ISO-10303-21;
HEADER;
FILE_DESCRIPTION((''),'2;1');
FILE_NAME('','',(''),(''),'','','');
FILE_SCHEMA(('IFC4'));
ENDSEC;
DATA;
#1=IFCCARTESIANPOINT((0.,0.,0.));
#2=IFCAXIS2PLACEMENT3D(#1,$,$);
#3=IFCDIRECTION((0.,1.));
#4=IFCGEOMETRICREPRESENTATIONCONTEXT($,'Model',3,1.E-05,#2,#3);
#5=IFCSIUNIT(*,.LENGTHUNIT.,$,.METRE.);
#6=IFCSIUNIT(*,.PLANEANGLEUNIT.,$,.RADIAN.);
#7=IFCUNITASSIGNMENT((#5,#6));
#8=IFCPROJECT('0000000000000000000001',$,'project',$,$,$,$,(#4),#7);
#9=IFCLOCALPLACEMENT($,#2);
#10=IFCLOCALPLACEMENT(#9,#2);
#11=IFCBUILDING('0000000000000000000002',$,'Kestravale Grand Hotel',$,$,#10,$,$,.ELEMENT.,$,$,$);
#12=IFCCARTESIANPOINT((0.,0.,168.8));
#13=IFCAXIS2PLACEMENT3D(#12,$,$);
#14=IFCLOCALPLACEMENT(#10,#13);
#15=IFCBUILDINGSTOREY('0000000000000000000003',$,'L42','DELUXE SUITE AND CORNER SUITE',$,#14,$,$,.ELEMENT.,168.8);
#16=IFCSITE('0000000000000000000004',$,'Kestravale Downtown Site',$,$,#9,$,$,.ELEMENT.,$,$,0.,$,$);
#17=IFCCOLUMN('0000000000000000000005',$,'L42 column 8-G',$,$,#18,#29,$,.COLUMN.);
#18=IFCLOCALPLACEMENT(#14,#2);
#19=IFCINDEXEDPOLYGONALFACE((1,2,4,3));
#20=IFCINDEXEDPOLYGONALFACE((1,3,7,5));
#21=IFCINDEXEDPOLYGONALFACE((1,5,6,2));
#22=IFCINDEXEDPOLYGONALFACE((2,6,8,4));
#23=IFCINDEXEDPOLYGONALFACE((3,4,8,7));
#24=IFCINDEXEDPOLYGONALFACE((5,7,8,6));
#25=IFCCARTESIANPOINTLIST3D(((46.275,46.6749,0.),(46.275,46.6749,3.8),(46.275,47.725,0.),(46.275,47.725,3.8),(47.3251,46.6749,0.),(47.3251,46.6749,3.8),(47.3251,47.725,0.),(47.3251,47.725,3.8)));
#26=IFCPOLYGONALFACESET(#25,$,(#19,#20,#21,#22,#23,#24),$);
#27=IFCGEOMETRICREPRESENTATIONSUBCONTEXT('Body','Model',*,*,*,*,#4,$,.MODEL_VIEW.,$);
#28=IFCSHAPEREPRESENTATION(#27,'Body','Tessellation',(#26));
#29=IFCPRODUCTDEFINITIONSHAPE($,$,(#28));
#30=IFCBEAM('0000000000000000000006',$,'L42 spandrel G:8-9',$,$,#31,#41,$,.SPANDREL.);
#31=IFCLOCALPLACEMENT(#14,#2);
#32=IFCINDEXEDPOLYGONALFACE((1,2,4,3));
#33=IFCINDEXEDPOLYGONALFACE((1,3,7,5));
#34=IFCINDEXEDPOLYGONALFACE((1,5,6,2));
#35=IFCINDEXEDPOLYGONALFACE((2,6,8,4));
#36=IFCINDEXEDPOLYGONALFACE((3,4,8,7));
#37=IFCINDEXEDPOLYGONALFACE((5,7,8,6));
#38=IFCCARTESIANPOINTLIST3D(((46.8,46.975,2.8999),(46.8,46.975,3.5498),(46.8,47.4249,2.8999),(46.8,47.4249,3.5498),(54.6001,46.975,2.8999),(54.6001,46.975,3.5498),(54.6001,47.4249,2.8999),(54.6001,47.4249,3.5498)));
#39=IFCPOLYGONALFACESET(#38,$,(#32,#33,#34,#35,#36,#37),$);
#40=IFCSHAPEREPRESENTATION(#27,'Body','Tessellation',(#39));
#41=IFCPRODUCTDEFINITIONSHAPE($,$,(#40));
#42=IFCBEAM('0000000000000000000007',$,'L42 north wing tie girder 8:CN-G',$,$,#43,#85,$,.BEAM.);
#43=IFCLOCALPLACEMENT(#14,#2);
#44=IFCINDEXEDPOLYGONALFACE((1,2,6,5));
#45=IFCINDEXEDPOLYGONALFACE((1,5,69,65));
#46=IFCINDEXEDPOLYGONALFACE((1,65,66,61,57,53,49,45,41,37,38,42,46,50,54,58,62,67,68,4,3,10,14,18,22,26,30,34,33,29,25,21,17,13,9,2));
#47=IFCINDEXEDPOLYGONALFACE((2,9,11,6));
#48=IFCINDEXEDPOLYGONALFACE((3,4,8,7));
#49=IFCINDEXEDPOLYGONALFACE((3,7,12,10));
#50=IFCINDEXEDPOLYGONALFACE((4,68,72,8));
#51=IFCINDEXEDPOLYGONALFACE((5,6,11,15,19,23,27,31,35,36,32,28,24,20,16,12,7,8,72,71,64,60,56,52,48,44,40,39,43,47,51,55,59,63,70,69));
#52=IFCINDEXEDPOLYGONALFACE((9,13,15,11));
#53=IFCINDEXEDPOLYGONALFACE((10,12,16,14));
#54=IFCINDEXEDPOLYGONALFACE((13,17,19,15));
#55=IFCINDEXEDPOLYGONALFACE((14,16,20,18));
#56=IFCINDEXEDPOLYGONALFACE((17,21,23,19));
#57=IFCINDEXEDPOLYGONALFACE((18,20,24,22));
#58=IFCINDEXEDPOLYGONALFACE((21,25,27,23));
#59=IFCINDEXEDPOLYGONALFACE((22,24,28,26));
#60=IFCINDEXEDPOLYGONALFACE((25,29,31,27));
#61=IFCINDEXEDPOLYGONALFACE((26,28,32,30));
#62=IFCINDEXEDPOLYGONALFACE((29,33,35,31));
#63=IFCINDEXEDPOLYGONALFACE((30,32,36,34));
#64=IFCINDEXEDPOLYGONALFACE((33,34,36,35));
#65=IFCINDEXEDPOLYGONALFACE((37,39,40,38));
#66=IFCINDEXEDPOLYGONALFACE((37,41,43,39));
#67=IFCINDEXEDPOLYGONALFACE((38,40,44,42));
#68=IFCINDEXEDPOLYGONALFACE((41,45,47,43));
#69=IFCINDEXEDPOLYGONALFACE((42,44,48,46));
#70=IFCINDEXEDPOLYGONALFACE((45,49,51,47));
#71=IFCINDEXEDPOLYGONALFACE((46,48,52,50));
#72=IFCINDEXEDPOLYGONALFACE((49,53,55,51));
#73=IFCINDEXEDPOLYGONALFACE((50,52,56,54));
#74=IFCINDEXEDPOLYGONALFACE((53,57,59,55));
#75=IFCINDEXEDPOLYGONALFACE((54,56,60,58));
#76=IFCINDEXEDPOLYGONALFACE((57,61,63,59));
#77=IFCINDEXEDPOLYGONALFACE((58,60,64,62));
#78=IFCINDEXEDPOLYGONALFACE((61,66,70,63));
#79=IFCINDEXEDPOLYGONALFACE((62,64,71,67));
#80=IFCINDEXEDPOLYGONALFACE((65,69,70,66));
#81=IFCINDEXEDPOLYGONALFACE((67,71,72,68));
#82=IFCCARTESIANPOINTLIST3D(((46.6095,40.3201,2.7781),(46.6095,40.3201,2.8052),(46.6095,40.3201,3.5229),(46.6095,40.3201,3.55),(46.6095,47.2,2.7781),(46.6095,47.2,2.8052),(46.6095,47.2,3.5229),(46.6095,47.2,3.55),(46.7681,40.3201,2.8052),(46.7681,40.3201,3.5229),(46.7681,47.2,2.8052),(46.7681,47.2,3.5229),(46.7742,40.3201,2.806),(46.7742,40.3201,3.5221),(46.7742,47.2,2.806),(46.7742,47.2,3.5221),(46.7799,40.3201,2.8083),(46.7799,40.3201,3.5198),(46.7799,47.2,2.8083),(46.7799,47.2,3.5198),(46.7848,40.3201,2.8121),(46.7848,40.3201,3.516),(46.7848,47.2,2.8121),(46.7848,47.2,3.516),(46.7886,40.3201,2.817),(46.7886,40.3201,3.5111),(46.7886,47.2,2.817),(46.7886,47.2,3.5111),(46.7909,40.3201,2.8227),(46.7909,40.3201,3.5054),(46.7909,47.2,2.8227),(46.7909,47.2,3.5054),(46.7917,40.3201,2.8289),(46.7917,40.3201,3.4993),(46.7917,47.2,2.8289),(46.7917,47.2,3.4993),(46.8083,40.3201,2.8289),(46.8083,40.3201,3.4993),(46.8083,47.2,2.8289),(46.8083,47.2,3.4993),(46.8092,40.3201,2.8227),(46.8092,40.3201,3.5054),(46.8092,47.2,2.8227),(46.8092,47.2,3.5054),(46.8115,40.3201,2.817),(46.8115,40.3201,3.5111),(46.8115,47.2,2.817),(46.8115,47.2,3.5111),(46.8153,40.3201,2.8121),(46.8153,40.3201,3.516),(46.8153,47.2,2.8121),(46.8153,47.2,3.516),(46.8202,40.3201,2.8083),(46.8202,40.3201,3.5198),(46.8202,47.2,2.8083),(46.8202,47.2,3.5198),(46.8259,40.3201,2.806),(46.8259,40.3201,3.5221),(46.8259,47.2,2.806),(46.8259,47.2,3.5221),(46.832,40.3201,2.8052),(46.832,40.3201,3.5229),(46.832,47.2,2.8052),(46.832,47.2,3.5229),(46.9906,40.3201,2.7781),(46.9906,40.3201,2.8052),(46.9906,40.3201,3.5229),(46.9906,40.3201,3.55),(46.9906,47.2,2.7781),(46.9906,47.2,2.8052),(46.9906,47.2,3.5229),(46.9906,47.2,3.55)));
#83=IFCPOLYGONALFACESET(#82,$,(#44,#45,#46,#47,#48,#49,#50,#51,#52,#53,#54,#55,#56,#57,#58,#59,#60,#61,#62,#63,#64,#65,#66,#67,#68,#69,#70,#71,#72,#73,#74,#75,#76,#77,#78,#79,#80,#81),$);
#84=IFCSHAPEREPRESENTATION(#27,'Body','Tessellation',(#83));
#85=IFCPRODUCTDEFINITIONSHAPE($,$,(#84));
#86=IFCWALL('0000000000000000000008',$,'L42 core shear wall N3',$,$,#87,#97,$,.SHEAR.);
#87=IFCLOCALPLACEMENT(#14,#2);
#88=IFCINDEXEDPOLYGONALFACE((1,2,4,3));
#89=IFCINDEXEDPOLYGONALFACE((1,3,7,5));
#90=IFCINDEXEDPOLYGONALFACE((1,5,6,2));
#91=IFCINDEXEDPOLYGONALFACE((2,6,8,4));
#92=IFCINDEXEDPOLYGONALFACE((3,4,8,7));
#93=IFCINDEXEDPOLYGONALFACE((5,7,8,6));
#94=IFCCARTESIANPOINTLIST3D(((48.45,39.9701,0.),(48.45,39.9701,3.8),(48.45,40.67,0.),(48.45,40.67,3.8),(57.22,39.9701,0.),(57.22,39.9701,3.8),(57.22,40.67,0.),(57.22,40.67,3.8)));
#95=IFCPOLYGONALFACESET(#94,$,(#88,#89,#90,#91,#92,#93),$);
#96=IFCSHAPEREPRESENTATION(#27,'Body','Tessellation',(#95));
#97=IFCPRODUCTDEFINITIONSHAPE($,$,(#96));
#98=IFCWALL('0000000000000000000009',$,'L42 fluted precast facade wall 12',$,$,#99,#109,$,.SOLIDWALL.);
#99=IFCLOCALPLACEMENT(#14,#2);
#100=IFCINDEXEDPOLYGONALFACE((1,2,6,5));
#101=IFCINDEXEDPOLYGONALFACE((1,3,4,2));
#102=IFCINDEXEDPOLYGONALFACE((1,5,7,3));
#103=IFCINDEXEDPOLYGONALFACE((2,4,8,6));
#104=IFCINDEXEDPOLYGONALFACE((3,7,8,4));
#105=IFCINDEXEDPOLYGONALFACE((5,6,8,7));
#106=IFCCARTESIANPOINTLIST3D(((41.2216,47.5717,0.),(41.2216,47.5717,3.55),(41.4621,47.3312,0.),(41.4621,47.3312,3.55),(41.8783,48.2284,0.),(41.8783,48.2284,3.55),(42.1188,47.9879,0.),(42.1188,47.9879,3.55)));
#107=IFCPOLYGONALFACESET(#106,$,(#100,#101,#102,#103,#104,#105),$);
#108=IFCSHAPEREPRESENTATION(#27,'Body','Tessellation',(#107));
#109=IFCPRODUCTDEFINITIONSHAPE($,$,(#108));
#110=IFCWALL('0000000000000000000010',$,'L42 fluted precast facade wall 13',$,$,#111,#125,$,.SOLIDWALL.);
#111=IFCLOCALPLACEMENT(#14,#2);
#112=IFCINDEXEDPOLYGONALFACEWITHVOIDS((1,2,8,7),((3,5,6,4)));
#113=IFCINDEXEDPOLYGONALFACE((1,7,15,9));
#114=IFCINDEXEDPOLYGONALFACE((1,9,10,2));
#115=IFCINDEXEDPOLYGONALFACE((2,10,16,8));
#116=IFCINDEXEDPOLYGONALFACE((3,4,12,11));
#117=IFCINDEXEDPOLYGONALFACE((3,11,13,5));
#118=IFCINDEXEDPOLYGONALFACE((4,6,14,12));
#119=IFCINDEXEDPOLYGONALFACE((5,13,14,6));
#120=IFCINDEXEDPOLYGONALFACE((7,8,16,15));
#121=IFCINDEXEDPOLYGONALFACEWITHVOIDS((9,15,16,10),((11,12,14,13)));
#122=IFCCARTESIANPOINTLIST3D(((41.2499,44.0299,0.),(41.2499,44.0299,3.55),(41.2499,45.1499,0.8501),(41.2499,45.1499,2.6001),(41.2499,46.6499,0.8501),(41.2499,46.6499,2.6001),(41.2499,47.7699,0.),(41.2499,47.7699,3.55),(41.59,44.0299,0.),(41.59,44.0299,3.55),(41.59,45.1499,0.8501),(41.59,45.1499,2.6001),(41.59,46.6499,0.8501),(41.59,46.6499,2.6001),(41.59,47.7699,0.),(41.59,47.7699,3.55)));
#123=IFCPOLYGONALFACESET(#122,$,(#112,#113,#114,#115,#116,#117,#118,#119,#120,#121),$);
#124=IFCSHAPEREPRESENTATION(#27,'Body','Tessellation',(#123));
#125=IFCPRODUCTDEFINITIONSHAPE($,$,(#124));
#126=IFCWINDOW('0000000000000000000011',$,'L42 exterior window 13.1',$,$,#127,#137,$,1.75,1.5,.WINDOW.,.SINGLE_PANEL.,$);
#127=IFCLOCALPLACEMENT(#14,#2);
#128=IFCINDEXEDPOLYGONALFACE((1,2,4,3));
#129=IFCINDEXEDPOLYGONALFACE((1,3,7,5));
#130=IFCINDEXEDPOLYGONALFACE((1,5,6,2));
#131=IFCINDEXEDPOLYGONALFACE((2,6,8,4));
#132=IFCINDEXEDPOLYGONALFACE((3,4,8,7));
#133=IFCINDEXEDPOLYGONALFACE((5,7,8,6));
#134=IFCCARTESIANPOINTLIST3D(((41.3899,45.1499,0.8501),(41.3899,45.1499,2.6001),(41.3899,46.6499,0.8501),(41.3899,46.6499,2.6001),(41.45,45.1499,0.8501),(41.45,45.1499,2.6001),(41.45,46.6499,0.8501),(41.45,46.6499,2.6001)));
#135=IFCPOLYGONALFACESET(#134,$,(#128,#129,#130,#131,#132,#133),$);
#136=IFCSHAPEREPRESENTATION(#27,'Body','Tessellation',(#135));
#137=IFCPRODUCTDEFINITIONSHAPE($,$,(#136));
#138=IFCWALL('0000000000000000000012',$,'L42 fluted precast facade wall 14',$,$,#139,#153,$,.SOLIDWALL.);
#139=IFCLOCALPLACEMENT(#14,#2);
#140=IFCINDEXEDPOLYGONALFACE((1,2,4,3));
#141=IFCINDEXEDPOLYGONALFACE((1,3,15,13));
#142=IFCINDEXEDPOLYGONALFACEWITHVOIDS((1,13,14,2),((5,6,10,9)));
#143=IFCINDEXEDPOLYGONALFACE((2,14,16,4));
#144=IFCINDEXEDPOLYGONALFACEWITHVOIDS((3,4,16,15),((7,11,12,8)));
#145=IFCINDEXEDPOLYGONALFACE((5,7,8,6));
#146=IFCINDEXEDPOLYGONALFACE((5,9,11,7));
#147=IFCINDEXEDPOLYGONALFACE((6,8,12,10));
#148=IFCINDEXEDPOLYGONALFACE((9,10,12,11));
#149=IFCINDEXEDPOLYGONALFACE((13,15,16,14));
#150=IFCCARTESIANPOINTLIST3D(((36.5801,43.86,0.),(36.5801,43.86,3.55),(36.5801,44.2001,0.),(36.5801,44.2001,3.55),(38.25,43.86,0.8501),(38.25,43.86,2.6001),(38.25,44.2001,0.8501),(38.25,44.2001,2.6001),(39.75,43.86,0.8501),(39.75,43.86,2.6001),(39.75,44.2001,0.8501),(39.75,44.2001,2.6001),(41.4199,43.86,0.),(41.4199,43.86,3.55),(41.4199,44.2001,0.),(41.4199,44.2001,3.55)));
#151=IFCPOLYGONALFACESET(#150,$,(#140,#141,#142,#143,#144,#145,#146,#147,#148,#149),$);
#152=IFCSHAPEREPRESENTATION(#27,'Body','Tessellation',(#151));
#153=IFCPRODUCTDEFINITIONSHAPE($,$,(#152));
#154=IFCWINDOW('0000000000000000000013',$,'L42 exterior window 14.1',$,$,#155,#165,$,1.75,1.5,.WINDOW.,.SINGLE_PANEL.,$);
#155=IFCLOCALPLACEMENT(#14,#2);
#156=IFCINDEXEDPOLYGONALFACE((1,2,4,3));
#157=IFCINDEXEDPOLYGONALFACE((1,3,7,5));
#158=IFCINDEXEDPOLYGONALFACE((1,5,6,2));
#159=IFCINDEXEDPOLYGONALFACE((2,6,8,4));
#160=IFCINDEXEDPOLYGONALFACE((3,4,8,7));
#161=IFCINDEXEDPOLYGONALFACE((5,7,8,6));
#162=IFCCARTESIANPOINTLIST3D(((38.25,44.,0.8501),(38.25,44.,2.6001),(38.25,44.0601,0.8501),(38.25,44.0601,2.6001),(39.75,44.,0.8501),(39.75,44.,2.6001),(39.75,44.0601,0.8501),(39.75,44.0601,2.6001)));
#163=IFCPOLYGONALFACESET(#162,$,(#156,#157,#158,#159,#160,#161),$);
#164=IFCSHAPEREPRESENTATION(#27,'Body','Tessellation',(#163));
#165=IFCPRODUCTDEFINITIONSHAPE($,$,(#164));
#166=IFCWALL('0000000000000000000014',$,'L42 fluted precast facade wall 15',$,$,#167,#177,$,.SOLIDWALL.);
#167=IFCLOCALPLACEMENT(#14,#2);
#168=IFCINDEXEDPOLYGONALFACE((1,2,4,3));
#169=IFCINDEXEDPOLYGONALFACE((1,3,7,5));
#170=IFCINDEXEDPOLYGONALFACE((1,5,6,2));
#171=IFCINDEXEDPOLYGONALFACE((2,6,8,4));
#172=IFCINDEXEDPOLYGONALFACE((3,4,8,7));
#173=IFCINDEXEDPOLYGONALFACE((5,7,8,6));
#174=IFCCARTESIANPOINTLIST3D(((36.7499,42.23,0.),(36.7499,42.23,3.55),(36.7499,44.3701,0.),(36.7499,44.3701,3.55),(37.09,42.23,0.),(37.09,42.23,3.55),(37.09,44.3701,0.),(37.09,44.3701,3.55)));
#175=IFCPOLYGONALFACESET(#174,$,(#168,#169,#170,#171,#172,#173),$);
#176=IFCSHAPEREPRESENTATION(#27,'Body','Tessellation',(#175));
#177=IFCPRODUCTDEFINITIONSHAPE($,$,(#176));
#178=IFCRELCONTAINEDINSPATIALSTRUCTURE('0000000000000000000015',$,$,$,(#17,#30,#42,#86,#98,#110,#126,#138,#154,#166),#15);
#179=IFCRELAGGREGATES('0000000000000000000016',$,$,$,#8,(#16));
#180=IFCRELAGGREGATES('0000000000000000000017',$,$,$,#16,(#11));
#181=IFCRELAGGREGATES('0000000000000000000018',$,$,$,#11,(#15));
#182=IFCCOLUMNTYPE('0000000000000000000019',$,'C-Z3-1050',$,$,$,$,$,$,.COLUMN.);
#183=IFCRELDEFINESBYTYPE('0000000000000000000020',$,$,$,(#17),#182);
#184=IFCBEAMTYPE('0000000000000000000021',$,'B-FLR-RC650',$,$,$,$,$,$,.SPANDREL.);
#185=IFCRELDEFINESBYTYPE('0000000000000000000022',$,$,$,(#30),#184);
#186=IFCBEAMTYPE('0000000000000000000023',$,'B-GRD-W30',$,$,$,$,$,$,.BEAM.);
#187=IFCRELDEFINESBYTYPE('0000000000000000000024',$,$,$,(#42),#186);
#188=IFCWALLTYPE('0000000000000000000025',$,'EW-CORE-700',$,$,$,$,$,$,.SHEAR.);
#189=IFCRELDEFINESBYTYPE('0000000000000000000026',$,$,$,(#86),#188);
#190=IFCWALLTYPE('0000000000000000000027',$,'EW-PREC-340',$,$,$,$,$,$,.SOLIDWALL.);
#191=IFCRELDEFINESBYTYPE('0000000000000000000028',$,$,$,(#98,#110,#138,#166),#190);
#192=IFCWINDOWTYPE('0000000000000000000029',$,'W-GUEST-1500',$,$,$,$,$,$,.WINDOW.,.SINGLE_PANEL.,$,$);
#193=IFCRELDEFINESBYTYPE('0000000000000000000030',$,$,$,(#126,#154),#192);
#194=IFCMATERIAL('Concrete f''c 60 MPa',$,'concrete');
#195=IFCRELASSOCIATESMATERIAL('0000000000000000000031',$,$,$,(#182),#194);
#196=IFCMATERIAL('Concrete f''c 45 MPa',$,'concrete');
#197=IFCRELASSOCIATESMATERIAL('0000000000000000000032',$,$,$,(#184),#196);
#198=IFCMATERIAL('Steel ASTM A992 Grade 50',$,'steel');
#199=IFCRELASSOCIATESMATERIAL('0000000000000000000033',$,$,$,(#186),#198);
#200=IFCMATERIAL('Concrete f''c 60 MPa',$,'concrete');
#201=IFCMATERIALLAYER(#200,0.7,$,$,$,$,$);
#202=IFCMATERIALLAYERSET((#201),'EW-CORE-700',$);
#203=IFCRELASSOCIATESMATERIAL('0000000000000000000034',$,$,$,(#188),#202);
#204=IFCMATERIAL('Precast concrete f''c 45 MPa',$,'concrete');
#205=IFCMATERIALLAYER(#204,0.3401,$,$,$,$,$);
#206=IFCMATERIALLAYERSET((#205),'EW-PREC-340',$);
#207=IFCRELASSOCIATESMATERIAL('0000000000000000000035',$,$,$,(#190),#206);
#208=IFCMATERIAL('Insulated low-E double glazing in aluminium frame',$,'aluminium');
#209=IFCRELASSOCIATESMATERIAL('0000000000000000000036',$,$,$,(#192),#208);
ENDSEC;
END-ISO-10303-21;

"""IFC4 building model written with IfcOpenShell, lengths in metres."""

from ifc_helpers import new_model, si_unit, direction, frame, frame_2d, origin, origin_2d, place, context, subcontext, project, spatial, rectangle, i_section, extrude, material, layer, layer_set, material_profile, profile_set, type_object, element, fill, save


model = new_model("IFC4")

# Units and contexts
model_context = context("Model", 3, precision=1e-05, world=origin(), true_north=direction((0.0, 1.0)))
body_context = subcontext(model_context, "Body", "Model", "MODEL_VIEW")
ifc_project = project(units=[si_unit("LENGTHUNIT", "METRE"), si_unit("PLANEANGLEUNIT", "RADIAN")], contexts=[model_context])

# Site, building, storey
site_placement = place(None, origin())
site = spatial("IfcSite", under=ifc_project, at=site_placement, Name="Kestravale Downtown Site", CompositionType="ELEMENT", RefElevation=0.0)
building_placement = place(site_placement, origin())
building = spatial("IfcBuilding", under=site, at=building_placement, Name="Kestravale Grand Hotel", CompositionType="ELEMENT")
storey_placement = place(building_placement, frame((0.0, 0.0, 168.8)))
storey = spatial("IfcBuildingStorey", under=building, at=storey_placement, Name="L42", Description="DELUXE SUITE AND CORNER SUITE", CompositionType="ELEMENT", Elevation=168.8)

# Column
ifc_material_1 = material(Name="Concrete f'c 60 MPa", Category="concrete")
ifc_material_profile_1 = material_profile(ifc_material_1, rectangle(XDim=1.05, YDim=1.05, at=origin_2d()))
ifc_profile_set_1 = profile_set([ifc_material_profile_1], Name="Concrete f'c 60 MPa")
column_type = type_object("IfcColumnType", Name="C-Z3-1050", PredefinedType="COLUMN", material=ifc_profile_set_1)
column_placement = place(storey_placement, frame((46.8, 47.2, 0.0), z_axis=(0.0, 0.0, 1.0), x_axis=(1.0, 0.0, 0.0)))
element("IfcColumn", 1, at=column_placement, inside=storey, type_object=column_type, Name="L42 column 8-G", PredefinedType="COLUMN", context=body_context, shape_type="SweptSolid", body=[
    extrude(rectangle(XDim=1.05, YDim=1.05, at=origin_2d()), origin(), (0.0, 0.0, 1.0), 3.8),
])

# Beams
ifc_material_2 = material(Name="Concrete f'c 45 MPa", Category="concrete")
ifc_material_profile_2 = material_profile(ifc_material_2, rectangle(XDim=0.45, YDim=0.6499, at=origin_2d()))
ifc_profile_set_2 = profile_set([ifc_material_profile_2], Name="Concrete f'c 45 MPa")
beam_type_1 = type_object("IfcBeamType", Name="B-FLR-RC650", PredefinedType="SPANDREL", material=ifc_profile_set_2)
beam_1_placement = place(storey_placement, frame((46.8, 47.2, 3.2249), z_axis=(1.0, 0.0, 0.0), x_axis=(0.0, 1.0, 0.0)))
element("IfcBeam", 2, at=beam_1_placement, inside=storey, type_object=beam_type_1, Name="L42 spandrel G:8-9", PredefinedType="SPANDREL", context=body_context, shape_type="SweptSolid", body=[
    extrude(rectangle(XDim=0.45, YDim=0.6499, at=origin_2d()), origin(), (0.0, 0.0, 1.0), 7.8),
])
ifc_material_3 = material(Name="Steel ASTM A992 Grade 50", Category="steel")
ifc_material_profile_3 = material_profile(ifc_material_3, i_section(OverallWidth=0.3811, OverallDepth=0.772, WebThickness=0.0166, FlangeThickness=0.0271, FilletRadius=0.0237, at=origin_2d()))
ifc_profile_set_3 = profile_set([ifc_material_profile_3], Name="Steel ASTM A992 Grade 50")
beam_type_2 = type_object("IfcBeamType", Name="B-GRD-W30", PredefinedType="BEAM", material=ifc_profile_set_3)
beam_2_placement = place(storey_placement, frame((46.8, 40.3201, 3.1641), z_axis=(0.0, 1.0, 0.0), x_axis=(-1.0, 0.0, 0.0)))
element("IfcBeam", 3, at=beam_2_placement, inside=storey, type_object=beam_type_2, Name="L42 north wing tie girder 8:CN-G", PredefinedType="BEAM", context=body_context, shape_type="SweptSolid", body=[
    extrude(i_section(OverallWidth=0.3811, OverallDepth=0.772, WebThickness=0.0166, FlangeThickness=0.0271, FilletRadius=0.0237, at=origin_2d()), origin(), (0.0, 0.0, 1.0), 6.8799),
])

# Walls
ifc_material_4 = material(Name="Concrete f'c 60 MPa", Category="concrete")
ifc_layer_1 = layer(ifc_material_4, 0.7)
ifc_layer_set_1 = layer_set([ifc_layer_1], Name="EW-CORE-700")
wall_type_1 = type_object("IfcWallType", Name="EW-CORE-700", PredefinedType="SHEAR", material=ifc_layer_set_1)
wall_1_placement = place(storey_placement, frame((48.45, 40.3201, 0.0), z_axis=(0.0, 0.0, 1.0), x_axis=(1.0, 0.0, 0.0)))
element("IfcWall", 4, at=wall_1_placement, inside=storey, type_object=wall_type_1, Name="L42 core shear wall N3", PredefinedType="SHEAR", context=body_context, shape_type="SweptSolid", body=[
    extrude(rectangle(XDim=8.77, YDim=0.7, at=frame_2d((4.385, 0.0))), origin(), (0.0, 0.0, 1.0), 3.8),
])
ifc_material_5 = material(Name="Precast concrete f'c 45 MPa", Category="concrete")
ifc_layer_2 = layer(ifc_material_5, 0.3401)
ifc_layer_set_2 = layer_set([ifc_layer_2], Name="EW-PREC-340")
wall_type_2 = type_object("IfcWallType", Name="EW-PREC-340", PredefinedType="SOLIDWALL", material=ifc_layer_set_2)
wall_2_placement = place(storey_placement, frame((41.9985, 48.1082, 0.0), z_axis=(0.0, 0.0, 1.0), x_axis=(-0.707107, -0.707107, 0.0)))
element("IfcWall", 5, at=wall_2_placement, inside=storey, type_object=wall_type_2, Name="L42 fluted precast facade wall 12", PredefinedType="SOLIDWALL", context=body_context, shape_type="SweptSolid", body=[
    extrude(rectangle(XDim=0.9287, YDim=0.3401, at=frame_2d((0.4644, 0.0))), origin(), (0.0, 0.0, 1.0), 3.55),
])

# Walls, openings, windows
wall_3_placement = place(storey_placement, frame((41.4199, 47.77, 0.0), z_axis=(0.0, 0.0, 1.0), x_axis=(0.0, -1.0, 0.0)))
wall_3 = element("IfcWall", 6, at=wall_3_placement, inside=storey, type_object=wall_type_2, Name="L42 fluted precast facade wall 13", PredefinedType="SOLIDWALL", context=body_context, shape_type="SweptSolid", body=[
    extrude(rectangle(XDim=3.74, YDim=0.3401, at=frame_2d((1.8701, 0.0))), origin(), (0.0, 0.0, 1.0), 3.55),
])
opening_1_placement = place(wall_3_placement, frame((1.1201, 0.0, 0.8501)))
opening_1 = element("IfcOpeningElement", 7, at=opening_1_placement, cuts=wall_3, PredefinedType="OPENING", context=body_context, shape_type="SweptSolid", body=[
    extrude(rectangle(XDim=1.5, YDim=1.75, at=frame_2d((0.75, 0.875))), frame((0.0, 0.1799, 0.0), z_axis=(0.0, -1.0, 0.0), x_axis=(1.0, 0.0, 0.0)), (0.0, 0.0, 1.0), 0.3601),
])
ifc_material_6 = material(Name="Insulated low-E double glazing in aluminium frame", Category="aluminium")
window_type = type_object("IfcWindowType", Name="W-GUEST-1500", PartitioningType="SINGLE_PANEL", PredefinedType="WINDOW", material=ifc_material_6)
window_1_placement = place(opening_1_placement, origin())
window_1 = element("IfcWindow", 8, at=window_1_placement, inside=storey, type_object=window_type, Name="L42 exterior window 13.1", OverallHeight=1.75, OverallWidth=1.5, PartitioningType="SINGLE_PANEL", PredefinedType="WINDOW", context=body_context, shape_type="SweptSolid", body=[
    extrude(rectangle(XDim=1.5, YDim=1.75, at=frame_2d((0.75, 0.875))), frame((0.0, 0.03, 0.0), z_axis=(0.0, -1.0, 0.0), x_axis=(1.0, 0.0, 0.0)), (0.0, 0.0, 1.0), 0.0601),
])
fill(opening_1, window_1)
wall_4_placement = place(storey_placement, frame((41.4199, 44.03, 0.0), z_axis=(0.0, 0.0, 1.0), x_axis=(-1.0, 0.0, 0.0)))
wall_4 = element("IfcWall", 9, at=wall_4_placement, inside=storey, type_object=wall_type_2, Name="L42 fluted precast facade wall 14", PredefinedType="SOLIDWALL", context=body_context, shape_type="SweptSolid", body=[
    extrude(rectangle(XDim=4.8398, YDim=0.3401, at=frame_2d((2.4199, 0.0))), origin(), (0.0, 0.0, 1.0), 3.55),
])
opening_2_placement = place(wall_4_placement, frame((1.6699, 0.0, 0.8501)))
opening_2 = element("IfcOpeningElement", 10, at=opening_2_placement, cuts=wall_4, PredefinedType="OPENING", context=body_context, shape_type="SweptSolid", body=[
    extrude(rectangle(XDim=1.5, YDim=1.75, at=frame_2d((0.75, 0.875))), frame((0.0, 0.1799, 0.0), z_axis=(0.0, -1.0, 0.0), x_axis=(1.0, 0.0, 0.0)), (0.0, 0.0, 1.0), 0.3601),
])
window_2_placement = place(opening_2_placement, origin())
window_2 = element("IfcWindow", 11, at=window_2_placement, inside=storey, type_object=window_type, Name="L42 exterior window 14.1", OverallHeight=1.75, OverallWidth=1.5, PartitioningType="SINGLE_PANEL", PredefinedType="WINDOW", context=body_context, shape_type="SweptSolid", body=[
    extrude(rectangle(XDim=1.5, YDim=1.75, at=frame_2d((0.75, 0.875))), frame((0.0, 0.03, 0.0), z_axis=(0.0, -1.0, 0.0), x_axis=(1.0, 0.0, 0.0)), (0.0, 0.0, 1.0), 0.0601),
])
fill(opening_2, window_2)

# Wall
wall_5_placement = place(storey_placement, frame((36.9199, 44.3701, 0.0), z_axis=(0.0, 0.0, 1.0), x_axis=(0.0, -1.0, 0.0)))
element("IfcWall", 12, at=wall_5_placement, inside=storey, type_object=wall_type_2, Name="L42 fluted precast facade wall 15", PredefinedType="SOLIDWALL", context=body_context, shape_type="SweptSolid", body=[
    extrude(rectangle(XDim=2.1401, YDim=0.3401, at=frame_2d((1.0701, 0.0))), origin(), (0.0, 0.0, 1.0), 3.55),
])

save(model, "model.ifc")
